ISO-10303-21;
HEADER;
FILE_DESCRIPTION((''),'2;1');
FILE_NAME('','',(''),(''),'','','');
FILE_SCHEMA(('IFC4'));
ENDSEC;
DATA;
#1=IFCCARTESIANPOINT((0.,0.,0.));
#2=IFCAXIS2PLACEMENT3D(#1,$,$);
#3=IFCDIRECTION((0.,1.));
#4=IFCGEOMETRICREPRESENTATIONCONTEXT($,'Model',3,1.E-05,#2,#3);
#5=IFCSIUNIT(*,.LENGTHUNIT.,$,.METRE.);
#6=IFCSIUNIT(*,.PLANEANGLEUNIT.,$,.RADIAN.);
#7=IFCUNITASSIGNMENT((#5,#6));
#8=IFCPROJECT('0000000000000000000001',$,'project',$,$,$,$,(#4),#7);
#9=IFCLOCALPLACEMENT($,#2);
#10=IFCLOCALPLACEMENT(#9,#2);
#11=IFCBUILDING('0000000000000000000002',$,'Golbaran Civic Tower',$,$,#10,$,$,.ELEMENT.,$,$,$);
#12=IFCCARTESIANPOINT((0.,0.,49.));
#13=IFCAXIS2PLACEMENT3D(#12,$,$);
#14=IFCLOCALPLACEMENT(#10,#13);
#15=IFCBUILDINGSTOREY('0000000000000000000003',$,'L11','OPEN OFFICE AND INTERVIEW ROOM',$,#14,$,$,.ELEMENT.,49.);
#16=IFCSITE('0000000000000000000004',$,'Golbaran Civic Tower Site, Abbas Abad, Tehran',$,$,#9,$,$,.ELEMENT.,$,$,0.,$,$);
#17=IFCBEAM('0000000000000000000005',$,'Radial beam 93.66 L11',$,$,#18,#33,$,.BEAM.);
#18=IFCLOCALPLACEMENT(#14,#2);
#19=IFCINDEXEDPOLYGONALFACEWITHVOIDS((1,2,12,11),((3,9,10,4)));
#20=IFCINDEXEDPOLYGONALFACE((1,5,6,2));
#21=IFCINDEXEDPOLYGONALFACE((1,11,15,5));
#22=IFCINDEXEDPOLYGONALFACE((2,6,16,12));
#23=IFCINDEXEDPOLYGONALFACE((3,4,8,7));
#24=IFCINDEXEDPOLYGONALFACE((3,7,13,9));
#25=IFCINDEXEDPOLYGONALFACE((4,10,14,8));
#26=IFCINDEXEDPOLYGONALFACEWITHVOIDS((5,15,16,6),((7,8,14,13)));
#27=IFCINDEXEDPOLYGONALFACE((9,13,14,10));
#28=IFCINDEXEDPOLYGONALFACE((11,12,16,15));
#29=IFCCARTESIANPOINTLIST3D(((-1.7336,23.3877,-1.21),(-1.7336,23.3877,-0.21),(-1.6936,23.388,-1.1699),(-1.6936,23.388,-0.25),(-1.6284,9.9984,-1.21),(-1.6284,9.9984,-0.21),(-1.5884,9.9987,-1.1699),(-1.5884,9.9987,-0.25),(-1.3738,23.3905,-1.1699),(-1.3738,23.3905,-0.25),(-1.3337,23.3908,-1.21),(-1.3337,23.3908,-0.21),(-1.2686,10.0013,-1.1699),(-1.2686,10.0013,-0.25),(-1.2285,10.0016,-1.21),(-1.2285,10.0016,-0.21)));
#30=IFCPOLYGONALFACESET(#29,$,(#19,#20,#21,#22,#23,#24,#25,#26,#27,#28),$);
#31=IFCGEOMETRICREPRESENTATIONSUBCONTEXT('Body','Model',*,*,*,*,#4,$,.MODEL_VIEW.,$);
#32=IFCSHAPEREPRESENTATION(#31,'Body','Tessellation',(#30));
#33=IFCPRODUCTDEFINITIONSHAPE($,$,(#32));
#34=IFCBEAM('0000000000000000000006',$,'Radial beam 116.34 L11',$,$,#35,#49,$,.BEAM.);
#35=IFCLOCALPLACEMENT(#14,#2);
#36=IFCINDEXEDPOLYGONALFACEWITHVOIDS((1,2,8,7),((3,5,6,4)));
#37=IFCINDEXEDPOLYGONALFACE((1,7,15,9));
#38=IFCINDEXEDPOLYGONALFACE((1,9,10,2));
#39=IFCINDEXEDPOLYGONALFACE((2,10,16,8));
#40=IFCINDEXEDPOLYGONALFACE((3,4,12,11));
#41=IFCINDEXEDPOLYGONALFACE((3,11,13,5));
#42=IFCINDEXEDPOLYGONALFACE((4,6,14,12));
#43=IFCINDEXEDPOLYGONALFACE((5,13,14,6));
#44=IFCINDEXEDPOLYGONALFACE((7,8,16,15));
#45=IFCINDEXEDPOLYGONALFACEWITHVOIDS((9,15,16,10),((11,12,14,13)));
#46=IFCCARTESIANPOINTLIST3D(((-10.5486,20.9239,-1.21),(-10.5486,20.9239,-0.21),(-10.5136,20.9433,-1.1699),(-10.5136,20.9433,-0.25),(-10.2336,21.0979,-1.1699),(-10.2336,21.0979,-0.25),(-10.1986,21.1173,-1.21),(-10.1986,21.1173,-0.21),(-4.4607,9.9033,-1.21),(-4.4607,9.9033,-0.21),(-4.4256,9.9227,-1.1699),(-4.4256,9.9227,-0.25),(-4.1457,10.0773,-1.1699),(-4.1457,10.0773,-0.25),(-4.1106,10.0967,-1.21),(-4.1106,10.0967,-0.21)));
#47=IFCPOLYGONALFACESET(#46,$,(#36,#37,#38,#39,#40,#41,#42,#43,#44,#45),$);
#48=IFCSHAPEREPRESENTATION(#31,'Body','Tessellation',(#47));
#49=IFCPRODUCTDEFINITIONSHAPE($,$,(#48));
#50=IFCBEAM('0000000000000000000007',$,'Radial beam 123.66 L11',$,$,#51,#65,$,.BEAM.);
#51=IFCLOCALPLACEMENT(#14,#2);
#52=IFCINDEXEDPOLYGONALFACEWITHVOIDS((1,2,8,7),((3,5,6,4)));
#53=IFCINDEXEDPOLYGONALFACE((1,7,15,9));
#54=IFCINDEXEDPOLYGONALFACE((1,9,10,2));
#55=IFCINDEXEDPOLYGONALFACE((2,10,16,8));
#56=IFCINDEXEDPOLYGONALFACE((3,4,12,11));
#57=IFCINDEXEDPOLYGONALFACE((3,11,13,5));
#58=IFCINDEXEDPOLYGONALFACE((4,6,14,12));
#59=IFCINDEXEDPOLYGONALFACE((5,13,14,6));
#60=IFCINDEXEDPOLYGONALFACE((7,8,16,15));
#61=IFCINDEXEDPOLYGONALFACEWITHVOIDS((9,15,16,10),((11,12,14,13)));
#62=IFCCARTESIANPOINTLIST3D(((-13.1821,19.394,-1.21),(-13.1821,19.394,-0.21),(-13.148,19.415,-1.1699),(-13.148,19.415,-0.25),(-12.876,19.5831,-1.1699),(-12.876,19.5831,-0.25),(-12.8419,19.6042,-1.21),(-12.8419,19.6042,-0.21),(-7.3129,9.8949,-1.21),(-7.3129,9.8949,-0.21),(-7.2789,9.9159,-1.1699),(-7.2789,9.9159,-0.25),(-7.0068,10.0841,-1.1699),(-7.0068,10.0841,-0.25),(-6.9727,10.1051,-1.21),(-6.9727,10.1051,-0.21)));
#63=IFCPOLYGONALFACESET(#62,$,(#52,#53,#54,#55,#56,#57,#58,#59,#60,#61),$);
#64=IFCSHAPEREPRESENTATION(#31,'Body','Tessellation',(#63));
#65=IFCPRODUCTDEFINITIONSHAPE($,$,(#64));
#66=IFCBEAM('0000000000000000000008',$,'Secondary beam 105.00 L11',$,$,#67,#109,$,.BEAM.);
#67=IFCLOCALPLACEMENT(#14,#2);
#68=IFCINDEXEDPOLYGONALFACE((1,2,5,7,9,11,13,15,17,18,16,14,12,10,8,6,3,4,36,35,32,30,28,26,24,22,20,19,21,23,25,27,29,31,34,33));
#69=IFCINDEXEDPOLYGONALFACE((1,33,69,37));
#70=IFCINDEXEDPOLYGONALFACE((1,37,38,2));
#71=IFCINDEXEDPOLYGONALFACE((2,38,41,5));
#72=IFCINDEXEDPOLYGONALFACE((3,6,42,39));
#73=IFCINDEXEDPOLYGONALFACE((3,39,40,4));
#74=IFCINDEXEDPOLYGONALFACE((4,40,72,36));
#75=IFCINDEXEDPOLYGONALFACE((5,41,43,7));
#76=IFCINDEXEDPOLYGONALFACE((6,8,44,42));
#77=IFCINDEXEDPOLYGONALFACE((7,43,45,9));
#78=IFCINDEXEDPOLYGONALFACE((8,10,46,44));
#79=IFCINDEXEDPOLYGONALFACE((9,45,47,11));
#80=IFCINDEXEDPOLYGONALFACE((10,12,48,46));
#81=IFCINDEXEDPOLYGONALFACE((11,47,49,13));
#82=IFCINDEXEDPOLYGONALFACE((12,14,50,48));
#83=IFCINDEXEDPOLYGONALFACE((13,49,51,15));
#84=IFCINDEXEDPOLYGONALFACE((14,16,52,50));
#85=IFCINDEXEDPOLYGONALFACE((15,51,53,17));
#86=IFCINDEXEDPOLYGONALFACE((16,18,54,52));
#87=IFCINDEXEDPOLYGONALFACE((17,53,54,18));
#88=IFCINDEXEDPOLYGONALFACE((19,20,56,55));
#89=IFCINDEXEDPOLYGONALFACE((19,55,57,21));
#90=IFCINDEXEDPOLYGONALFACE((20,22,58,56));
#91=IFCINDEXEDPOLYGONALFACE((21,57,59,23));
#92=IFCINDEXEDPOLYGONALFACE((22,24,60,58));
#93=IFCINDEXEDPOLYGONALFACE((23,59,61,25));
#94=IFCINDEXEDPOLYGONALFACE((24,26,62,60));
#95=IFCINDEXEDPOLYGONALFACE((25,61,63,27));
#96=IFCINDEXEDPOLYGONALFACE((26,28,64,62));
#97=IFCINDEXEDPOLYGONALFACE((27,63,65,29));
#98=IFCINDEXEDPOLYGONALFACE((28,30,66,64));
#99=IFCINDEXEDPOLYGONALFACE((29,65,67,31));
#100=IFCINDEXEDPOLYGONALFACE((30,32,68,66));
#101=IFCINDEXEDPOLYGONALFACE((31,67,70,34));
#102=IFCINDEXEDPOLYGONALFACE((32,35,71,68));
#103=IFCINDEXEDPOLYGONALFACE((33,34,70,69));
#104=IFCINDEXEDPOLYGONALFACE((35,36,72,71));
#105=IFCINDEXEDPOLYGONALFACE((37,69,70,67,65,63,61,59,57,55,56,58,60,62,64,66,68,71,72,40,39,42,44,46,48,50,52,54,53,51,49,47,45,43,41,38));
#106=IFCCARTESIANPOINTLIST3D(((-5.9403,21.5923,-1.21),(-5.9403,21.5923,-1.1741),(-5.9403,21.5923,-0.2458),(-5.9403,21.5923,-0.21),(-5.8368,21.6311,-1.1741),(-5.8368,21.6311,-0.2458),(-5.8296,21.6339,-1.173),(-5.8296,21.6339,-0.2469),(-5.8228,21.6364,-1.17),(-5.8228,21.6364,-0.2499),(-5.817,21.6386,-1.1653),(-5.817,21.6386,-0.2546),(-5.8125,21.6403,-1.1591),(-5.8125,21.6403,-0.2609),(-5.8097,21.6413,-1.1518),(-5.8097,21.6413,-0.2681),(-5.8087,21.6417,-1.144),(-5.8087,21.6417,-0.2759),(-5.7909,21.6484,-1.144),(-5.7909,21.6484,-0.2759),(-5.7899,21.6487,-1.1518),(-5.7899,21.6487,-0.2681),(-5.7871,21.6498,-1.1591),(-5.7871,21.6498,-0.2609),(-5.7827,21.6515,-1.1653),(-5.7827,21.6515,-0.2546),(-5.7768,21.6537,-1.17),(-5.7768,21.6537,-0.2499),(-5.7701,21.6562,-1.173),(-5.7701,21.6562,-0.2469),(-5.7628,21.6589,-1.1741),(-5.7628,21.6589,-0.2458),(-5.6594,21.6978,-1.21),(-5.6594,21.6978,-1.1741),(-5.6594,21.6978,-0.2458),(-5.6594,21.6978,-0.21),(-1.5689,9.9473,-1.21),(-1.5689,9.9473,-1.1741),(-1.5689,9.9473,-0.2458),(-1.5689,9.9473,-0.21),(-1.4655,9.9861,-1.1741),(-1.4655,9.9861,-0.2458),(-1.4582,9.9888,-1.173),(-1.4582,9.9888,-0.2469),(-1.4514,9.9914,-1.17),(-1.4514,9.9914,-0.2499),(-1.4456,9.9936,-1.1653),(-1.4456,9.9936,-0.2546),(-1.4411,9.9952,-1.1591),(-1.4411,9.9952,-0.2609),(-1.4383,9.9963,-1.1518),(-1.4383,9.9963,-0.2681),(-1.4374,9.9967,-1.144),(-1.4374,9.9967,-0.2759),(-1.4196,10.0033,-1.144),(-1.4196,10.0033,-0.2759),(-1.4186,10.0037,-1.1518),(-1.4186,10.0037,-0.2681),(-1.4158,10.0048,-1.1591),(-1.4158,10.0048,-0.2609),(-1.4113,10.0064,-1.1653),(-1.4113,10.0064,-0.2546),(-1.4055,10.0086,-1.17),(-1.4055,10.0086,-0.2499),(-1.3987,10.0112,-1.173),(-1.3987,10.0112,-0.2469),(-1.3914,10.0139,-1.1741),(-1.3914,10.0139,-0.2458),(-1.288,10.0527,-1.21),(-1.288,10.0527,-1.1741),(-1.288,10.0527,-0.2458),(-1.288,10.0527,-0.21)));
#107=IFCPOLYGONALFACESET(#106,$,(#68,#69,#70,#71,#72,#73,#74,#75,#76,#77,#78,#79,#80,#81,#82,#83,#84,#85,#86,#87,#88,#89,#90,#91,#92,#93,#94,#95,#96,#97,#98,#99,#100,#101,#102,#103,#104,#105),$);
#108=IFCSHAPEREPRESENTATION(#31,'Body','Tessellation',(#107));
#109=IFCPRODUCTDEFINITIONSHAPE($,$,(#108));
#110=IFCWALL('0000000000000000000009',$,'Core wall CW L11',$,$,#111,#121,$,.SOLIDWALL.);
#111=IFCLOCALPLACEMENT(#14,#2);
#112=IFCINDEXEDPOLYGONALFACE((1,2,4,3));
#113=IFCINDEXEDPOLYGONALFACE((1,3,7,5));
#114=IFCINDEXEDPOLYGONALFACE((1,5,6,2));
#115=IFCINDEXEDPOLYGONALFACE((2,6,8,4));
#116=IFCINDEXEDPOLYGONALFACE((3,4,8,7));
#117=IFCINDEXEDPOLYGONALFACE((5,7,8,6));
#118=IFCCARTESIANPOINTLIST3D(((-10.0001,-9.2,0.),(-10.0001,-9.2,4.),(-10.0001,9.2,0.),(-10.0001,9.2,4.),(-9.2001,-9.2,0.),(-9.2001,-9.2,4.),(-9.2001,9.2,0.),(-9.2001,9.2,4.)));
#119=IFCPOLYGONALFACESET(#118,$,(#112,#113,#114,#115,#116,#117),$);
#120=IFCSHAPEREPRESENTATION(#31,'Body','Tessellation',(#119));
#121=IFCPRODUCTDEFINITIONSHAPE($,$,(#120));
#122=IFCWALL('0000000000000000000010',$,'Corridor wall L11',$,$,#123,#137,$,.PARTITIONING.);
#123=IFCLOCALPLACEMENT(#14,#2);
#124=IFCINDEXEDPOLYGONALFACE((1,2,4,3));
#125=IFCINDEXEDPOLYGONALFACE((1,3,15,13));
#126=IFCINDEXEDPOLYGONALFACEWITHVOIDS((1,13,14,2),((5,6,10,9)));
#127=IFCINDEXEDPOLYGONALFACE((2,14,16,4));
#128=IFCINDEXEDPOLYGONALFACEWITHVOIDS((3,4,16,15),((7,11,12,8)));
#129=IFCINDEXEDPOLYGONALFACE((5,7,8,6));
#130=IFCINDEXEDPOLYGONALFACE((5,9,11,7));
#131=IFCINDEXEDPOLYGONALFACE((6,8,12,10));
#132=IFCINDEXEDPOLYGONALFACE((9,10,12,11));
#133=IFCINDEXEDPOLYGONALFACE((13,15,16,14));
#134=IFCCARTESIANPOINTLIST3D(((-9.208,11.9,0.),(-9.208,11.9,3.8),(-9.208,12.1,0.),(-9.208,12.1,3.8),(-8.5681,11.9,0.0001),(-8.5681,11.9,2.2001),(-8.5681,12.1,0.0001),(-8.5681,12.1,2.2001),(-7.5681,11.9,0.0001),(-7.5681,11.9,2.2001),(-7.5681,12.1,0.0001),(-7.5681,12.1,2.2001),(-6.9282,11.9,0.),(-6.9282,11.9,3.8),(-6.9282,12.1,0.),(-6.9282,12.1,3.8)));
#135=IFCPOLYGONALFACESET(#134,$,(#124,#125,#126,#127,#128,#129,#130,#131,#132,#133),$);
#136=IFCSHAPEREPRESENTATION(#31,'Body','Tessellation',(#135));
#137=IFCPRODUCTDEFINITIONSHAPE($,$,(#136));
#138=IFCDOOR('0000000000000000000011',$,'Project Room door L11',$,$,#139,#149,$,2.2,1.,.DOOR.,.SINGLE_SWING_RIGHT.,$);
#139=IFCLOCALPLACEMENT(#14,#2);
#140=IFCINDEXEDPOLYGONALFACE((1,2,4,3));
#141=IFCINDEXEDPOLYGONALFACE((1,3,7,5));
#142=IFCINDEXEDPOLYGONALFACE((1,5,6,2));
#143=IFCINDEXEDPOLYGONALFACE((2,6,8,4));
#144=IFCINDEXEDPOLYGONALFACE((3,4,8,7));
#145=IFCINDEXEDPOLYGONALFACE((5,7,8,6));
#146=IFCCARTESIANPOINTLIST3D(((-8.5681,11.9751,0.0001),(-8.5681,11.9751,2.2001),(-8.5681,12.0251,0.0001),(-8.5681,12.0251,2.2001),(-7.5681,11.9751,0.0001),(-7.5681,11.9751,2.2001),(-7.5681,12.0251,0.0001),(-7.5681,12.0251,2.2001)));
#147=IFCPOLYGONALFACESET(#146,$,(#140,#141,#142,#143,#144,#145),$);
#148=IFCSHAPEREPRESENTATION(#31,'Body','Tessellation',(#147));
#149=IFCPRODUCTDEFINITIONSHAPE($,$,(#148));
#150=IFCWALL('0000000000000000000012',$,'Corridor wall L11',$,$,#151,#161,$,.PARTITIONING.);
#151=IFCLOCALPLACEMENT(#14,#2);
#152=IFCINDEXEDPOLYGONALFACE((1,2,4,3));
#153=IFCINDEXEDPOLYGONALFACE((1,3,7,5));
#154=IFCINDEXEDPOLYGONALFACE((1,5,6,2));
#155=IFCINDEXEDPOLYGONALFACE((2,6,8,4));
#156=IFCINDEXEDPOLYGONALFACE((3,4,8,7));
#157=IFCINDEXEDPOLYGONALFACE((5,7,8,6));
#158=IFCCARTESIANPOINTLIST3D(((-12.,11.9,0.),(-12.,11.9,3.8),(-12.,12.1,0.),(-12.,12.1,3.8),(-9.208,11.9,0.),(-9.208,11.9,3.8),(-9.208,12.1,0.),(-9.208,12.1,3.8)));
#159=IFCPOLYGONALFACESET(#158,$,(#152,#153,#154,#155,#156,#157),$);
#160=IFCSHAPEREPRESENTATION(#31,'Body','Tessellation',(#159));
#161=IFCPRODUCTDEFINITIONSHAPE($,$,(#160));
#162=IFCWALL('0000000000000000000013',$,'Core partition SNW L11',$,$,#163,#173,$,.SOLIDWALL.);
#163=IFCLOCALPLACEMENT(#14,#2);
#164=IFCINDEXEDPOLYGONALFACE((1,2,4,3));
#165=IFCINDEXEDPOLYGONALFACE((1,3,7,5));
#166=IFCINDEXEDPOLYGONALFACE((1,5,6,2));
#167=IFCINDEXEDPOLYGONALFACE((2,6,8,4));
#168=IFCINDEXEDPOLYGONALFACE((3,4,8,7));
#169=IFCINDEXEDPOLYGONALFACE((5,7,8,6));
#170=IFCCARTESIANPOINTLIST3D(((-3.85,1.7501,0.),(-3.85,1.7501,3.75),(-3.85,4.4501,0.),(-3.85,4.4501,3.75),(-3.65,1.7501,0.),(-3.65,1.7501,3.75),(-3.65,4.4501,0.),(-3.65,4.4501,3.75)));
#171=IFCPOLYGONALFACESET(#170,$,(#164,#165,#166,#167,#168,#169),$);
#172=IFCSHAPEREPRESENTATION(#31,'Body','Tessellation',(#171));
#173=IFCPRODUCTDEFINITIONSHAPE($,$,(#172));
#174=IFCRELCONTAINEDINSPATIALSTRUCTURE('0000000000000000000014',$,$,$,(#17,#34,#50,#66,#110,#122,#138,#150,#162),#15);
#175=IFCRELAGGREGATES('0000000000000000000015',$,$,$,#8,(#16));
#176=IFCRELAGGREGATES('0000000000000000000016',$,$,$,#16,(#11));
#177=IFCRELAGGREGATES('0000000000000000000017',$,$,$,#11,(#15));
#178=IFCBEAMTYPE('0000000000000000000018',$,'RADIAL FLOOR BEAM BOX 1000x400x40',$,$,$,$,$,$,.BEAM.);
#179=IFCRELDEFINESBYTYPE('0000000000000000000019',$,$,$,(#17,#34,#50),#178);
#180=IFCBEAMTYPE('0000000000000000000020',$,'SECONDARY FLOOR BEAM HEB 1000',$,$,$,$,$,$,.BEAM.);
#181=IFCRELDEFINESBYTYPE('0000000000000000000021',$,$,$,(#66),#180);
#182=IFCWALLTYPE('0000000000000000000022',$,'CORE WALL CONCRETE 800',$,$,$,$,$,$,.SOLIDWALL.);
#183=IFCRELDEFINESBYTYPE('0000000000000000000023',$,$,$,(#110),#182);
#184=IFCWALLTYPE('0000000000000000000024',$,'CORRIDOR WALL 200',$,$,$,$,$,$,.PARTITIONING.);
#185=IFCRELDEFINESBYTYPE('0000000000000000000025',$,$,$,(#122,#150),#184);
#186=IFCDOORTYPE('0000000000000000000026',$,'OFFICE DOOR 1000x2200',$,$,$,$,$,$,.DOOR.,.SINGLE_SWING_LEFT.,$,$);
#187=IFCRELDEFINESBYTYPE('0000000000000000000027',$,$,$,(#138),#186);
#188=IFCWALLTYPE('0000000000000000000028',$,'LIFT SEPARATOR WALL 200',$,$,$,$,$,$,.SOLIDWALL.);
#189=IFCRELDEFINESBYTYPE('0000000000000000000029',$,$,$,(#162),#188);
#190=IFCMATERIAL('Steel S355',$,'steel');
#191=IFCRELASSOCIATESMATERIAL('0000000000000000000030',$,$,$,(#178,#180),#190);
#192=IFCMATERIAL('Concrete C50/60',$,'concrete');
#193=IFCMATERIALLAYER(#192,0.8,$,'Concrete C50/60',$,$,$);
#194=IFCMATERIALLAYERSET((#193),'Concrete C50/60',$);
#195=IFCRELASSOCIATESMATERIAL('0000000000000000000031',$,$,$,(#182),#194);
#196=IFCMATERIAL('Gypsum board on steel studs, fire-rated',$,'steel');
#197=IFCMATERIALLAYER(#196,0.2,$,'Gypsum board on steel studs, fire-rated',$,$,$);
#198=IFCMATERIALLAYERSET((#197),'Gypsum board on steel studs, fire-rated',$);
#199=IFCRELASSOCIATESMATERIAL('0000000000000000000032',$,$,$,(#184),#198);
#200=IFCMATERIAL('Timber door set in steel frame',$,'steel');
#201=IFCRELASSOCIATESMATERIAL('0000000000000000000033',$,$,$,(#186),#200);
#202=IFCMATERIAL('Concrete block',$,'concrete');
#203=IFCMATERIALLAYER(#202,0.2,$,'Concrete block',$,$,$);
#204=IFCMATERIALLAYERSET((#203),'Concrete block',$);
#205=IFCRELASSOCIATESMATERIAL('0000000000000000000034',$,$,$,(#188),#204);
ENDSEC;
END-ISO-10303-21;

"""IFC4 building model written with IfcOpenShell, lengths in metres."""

from ifc_helpers import new_model, si_unit, direction, frame, frame_2d, origin, origin_2d, place, context, subcontext, project, spatial, rectangle, hollow_rectangle, i_section, extrude, material, layer, layer_set, material_profile, profile_set, type_object, element, fill, save


model = new_model("IFC4")

# Units and contexts
model_context = context("Model", 3, precision=1e-05, world=origin(), true_north=direction((0.0, 1.0)))
body_context = subcontext(model_context, "Body", "Model", "MODEL_VIEW")
ifc_project = project(units=[si_unit("LENGTHUNIT", "METRE"), si_unit("PLANEANGLEUNIT", "RADIAN")], contexts=[model_context])

# Site, building, storey
site_placement = place(None, origin())
site = spatial("IfcSite", under=ifc_project, at=site_placement, Name="Golbaran Civic Tower Site, Abbas Abad, Tehran", CompositionType="ELEMENT", RefElevation=0.0)
building_placement = place(site_placement, origin())
building = spatial("IfcBuilding", under=site, at=building_placement, Name="Golbaran Civic Tower", CompositionType="ELEMENT")
storey_placement = place(building_placement, frame((0.0, 0.0, 49.0)))
storey = spatial("IfcBuildingStorey", under=building, at=storey_placement, Name="L11", Description="OPEN OFFICE AND INTERVIEW ROOM", CompositionType="ELEMENT", Elevation=49.0)

# Beams
ifc_material_1 = material(Name="Steel S355", Category="steel")
ifc_material_profile_1 = material_profile(ifc_material_1, hollow_rectangle(XDim=0.3999, YDim=1.0, WallThickness=0.04, at=origin_2d()), Name="BOX 1000x400x40")
ifc_profile_set_1 = profile_set([ifc_material_profile_1], Name="Steel S355")
beam_type_1 = type_object("IfcBeamType", Name="RADIAL FLOOR BEAM BOX 1000x400x40", PredefinedType="BEAM", material=ifc_profile_set_1)
beam_1_placement = place(storey_placement, frame((-1.4285, 10.0, -0.71), z_axis=(-0.007859, 0.999969, 0.0), x_axis=(-0.999969, -0.007859, 0.0)))
element("IfcBeam", 1, at=beam_1_placement, inside=storey, type_object=beam_type_1, Name="Radial beam 93.66 L11", PredefinedType="BEAM", context=body_context, shape_type="SweptSolid", body=[
    extrude(hollow_rectangle(XDim=0.3999, YDim=1.0, WallThickness=0.04, at=origin_2d()), origin(), (0.0, 0.0, 1.0), 13.3896),
])
beam_2_placement = place(storey_placement, frame((-4.2856, 10.0, -0.71), z_axis=(-0.483541, 0.875322, 0.0), x_axis=(-0.875322, -0.483541, 0.0)))
element("IfcBeam", 2, at=beam_2_placement, inside=storey, type_object=beam_type_1, Name="Radial beam 116.34 L11", PredefinedType="BEAM", context=body_context, shape_type="SweptSolid", body=[
    extrude(hollow_rectangle(XDim=0.3999, YDim=1.0, WallThickness=0.04, at=origin_2d()), origin(), (0.0, 0.0, 1.0), 12.5903),
])
beam_3_placement = place(storey_placement, frame((-7.1428, 10.0, -0.71), z_axis=(-0.525629, 0.850714, 0.0), x_axis=(-0.850714, -0.525629, 0.0)))
element("IfcBeam", 3, at=beam_3_placement, inside=storey, type_object=beam_type_1, Name="Radial beam 123.66 L11", PredefinedType="BEAM", context=body_context, shape_type="SweptSolid", body=[
    extrude(hollow_rectangle(XDim=0.3999, YDim=1.0, WallThickness=0.04, at=origin_2d()), origin(), (0.0, 0.0, 1.0), 11.166),
])
ifc_material_profile_2 = material_profile(ifc_material_1, i_section(OverallWidth=0.3, OverallDepth=1.0, WebThickness=0.019, FlangeThickness=0.0359, FilletRadius=0.03, at=origin_2d()), Name="HEB 1000")
ifc_profile_set_2 = profile_set([ifc_material_profile_2], Name="Steel S355")
beam_type_2 = type_object("IfcBeamType", Name="SECONDARY FLOOR BEAM HEB 1000", PredefinedType="BEAM", material=ifc_profile_set_2)
beam_4_placement = place(storey_placement, frame((-1.4285, 10.0, -0.71), z_axis=(-0.351437, 0.936211, 0.0), x_axis=(-0.936211, -0.351437, 0.0)))
element("IfcBeam", 4, at=beam_4_placement, inside=storey, type_object=beam_type_2, Name="Secondary beam 105.00 L11", PredefinedType="BEAM", context=body_context, shape_type="SweptSolid", body=[
    extrude(i_section(OverallWidth=0.3, OverallDepth=1.0, WebThickness=0.019, FlangeThickness=0.0359, FilletRadius=0.03, at=origin_2d()), origin(), (0.0, 0.0, 1.0), 12.4385),
])

# Wall
ifc_material_2 = material(Name="Concrete C50/60", Category="concrete")
ifc_layer_1 = layer(ifc_material_2, 0.8, Name="Concrete C50/60")
ifc_layer_set_1 = layer_set([ifc_layer_1], Name="Concrete C50/60")
wall_type_1 = type_object("IfcWallType", Name="CORE WALL CONCRETE 800", PredefinedType="SOLIDWALL", material=ifc_layer_set_1)
wall_1_placement = place(storey_placement, frame((-9.6001, 9.2, 0.0), z_axis=(0.0, 0.0, 1.0), x_axis=(0.0, -1.0, 0.0)))
element("IfcWall", 5, at=wall_1_placement, inside=storey, type_object=wall_type_1, Name="Core wall CW L11", PredefinedType="SOLIDWALL", context=body_context, shape_type="SweptSolid", body=[
    extrude(rectangle(XDim=18.3999, YDim=0.8, at=frame_2d((9.2, 0.0))), origin(), (0.0, 0.0, 1.0), 4.0),
])

# Wall, opening, door
ifc_material_3 = material(Name="Gypsum board on steel studs, fire-rated", Category="steel")
ifc_layer_2 = layer(ifc_material_3, 0.2, Name="Gypsum board on steel studs, fire-rated")
ifc_layer_set_2 = layer_set([ifc_layer_2], Name="Gypsum board on steel studs, fire-rated")
wall_type_2 = type_object("IfcWallType", Name="CORRIDOR WALL 200", PredefinedType="PARTITIONING", material=ifc_layer_set_2)
wall_2_placement = place(storey_placement, frame((-6.9282, 12.0, 0.0), z_axis=(0.0, 0.0, 1.0), x_axis=(-1.0, 0.0, 0.0)))
wall_2 = element("IfcWall", 6, at=wall_2_placement, inside=storey, type_object=wall_type_2, Name="Corridor wall L11", PredefinedType="PARTITIONING", context=body_context, shape_type="SweptSolid", body=[
    extrude(rectangle(XDim=2.2798, YDim=0.2, at=frame_2d((1.1399, 0.0))), origin(), (0.0, 0.0, 1.0), 3.8),
])
opening_1_placement = place(wall_2_placement, frame((0.6399, 0.0, 0.0)))
opening_1 = element("IfcOpeningElement", 7, at=opening_1_placement, cuts=wall_2, PredefinedType="OPENING", context=body_context, shape_type="SweptSolid", body=[
    extrude(rectangle(XDim=1.0, YDim=2.2, at=frame_2d((0.5, 1.1001))), frame((0.0, 0.1099, 0.0), z_axis=(0.0, -1.0, 0.0), x_axis=(1.0, 0.0, 0.0)), (0.0, 0.0, 1.0), 0.22),
])
ifc_material_4 = material(Name="Timber door set in steel frame", Category="steel")
door_type_1 = type_object("IfcDoorType", Name="OFFICE DOOR 1000x2200", OperationType="SINGLE_SWING_LEFT", PredefinedType="DOOR", material=ifc_material_4)
door_1_placement = place(opening_1_placement, origin())
door_1 = element("IfcDoor", 8, at=door_1_placement, inside=storey, type_object=door_type_1, Name="Project Room door L11", OperationType="SINGLE_SWING_RIGHT", OverallHeight=2.2, OverallWidth=1.0, PredefinedType="DOOR", context=body_context, shape_type="SweptSolid", body=[
    extrude(rectangle(XDim=1.0, YDim=2.2, at=frame_2d((0.5, 1.1001))), frame((0.0, 0.0249, 0.0), z_axis=(0.0, -1.0, 0.0), x_axis=(1.0, 0.0, 0.0)), (0.0, 0.0, 1.0), 0.05),
])
fill(opening_1, door_1)

# Walls
wall_3_placement = place(storey_placement, frame((-9.208, 12.0, 0.0), z_axis=(0.0, 0.0, 1.0), x_axis=(-1.0, 0.0, 0.0)))
element("IfcWall", 9, at=wall_3_placement, inside=storey, type_object=wall_type_2, Name="Corridor wall L11", PredefinedType="PARTITIONING", context=body_context, shape_type="SweptSolid", body=[
    extrude(rectangle(XDim=2.792, YDim=0.2, at=frame_2d((1.396, 0.0))), origin(), (0.0, 0.0, 1.0), 3.8),
])
ifc_material_5 = material(Name="Concrete block", Category="concrete")
ifc_layer_3 = layer(ifc_material_5, 0.2, Name="Concrete block")
ifc_layer_set_3 = layer_set([ifc_layer_3], Name="Concrete block")
wall_type_3 = type_object("IfcWallType", Name="LIFT SEPARATOR WALL 200", PredefinedType="SOLIDWALL", material=ifc_layer_set_3)
wall_4_placement = place(storey_placement, frame((-3.75, 1.75, 0.0), z_axis=(0.0, 0.0, 1.0), x_axis=(0.0, 1.0, 0.0)))
element("IfcWall", 10, at=wall_4_placement, inside=storey, type_object=wall_type_3, Name="Core partition SNW L11", PredefinedType="SOLIDWALL", context=body_context, shape_type="SweptSolid", body=[
    extrude(rectangle(XDim=2.7, YDim=0.2, at=frame_2d((1.3501, 0.0))), origin(), (0.0, 0.0, 1.0), 3.75),
])

save(model, "model.ifc")
